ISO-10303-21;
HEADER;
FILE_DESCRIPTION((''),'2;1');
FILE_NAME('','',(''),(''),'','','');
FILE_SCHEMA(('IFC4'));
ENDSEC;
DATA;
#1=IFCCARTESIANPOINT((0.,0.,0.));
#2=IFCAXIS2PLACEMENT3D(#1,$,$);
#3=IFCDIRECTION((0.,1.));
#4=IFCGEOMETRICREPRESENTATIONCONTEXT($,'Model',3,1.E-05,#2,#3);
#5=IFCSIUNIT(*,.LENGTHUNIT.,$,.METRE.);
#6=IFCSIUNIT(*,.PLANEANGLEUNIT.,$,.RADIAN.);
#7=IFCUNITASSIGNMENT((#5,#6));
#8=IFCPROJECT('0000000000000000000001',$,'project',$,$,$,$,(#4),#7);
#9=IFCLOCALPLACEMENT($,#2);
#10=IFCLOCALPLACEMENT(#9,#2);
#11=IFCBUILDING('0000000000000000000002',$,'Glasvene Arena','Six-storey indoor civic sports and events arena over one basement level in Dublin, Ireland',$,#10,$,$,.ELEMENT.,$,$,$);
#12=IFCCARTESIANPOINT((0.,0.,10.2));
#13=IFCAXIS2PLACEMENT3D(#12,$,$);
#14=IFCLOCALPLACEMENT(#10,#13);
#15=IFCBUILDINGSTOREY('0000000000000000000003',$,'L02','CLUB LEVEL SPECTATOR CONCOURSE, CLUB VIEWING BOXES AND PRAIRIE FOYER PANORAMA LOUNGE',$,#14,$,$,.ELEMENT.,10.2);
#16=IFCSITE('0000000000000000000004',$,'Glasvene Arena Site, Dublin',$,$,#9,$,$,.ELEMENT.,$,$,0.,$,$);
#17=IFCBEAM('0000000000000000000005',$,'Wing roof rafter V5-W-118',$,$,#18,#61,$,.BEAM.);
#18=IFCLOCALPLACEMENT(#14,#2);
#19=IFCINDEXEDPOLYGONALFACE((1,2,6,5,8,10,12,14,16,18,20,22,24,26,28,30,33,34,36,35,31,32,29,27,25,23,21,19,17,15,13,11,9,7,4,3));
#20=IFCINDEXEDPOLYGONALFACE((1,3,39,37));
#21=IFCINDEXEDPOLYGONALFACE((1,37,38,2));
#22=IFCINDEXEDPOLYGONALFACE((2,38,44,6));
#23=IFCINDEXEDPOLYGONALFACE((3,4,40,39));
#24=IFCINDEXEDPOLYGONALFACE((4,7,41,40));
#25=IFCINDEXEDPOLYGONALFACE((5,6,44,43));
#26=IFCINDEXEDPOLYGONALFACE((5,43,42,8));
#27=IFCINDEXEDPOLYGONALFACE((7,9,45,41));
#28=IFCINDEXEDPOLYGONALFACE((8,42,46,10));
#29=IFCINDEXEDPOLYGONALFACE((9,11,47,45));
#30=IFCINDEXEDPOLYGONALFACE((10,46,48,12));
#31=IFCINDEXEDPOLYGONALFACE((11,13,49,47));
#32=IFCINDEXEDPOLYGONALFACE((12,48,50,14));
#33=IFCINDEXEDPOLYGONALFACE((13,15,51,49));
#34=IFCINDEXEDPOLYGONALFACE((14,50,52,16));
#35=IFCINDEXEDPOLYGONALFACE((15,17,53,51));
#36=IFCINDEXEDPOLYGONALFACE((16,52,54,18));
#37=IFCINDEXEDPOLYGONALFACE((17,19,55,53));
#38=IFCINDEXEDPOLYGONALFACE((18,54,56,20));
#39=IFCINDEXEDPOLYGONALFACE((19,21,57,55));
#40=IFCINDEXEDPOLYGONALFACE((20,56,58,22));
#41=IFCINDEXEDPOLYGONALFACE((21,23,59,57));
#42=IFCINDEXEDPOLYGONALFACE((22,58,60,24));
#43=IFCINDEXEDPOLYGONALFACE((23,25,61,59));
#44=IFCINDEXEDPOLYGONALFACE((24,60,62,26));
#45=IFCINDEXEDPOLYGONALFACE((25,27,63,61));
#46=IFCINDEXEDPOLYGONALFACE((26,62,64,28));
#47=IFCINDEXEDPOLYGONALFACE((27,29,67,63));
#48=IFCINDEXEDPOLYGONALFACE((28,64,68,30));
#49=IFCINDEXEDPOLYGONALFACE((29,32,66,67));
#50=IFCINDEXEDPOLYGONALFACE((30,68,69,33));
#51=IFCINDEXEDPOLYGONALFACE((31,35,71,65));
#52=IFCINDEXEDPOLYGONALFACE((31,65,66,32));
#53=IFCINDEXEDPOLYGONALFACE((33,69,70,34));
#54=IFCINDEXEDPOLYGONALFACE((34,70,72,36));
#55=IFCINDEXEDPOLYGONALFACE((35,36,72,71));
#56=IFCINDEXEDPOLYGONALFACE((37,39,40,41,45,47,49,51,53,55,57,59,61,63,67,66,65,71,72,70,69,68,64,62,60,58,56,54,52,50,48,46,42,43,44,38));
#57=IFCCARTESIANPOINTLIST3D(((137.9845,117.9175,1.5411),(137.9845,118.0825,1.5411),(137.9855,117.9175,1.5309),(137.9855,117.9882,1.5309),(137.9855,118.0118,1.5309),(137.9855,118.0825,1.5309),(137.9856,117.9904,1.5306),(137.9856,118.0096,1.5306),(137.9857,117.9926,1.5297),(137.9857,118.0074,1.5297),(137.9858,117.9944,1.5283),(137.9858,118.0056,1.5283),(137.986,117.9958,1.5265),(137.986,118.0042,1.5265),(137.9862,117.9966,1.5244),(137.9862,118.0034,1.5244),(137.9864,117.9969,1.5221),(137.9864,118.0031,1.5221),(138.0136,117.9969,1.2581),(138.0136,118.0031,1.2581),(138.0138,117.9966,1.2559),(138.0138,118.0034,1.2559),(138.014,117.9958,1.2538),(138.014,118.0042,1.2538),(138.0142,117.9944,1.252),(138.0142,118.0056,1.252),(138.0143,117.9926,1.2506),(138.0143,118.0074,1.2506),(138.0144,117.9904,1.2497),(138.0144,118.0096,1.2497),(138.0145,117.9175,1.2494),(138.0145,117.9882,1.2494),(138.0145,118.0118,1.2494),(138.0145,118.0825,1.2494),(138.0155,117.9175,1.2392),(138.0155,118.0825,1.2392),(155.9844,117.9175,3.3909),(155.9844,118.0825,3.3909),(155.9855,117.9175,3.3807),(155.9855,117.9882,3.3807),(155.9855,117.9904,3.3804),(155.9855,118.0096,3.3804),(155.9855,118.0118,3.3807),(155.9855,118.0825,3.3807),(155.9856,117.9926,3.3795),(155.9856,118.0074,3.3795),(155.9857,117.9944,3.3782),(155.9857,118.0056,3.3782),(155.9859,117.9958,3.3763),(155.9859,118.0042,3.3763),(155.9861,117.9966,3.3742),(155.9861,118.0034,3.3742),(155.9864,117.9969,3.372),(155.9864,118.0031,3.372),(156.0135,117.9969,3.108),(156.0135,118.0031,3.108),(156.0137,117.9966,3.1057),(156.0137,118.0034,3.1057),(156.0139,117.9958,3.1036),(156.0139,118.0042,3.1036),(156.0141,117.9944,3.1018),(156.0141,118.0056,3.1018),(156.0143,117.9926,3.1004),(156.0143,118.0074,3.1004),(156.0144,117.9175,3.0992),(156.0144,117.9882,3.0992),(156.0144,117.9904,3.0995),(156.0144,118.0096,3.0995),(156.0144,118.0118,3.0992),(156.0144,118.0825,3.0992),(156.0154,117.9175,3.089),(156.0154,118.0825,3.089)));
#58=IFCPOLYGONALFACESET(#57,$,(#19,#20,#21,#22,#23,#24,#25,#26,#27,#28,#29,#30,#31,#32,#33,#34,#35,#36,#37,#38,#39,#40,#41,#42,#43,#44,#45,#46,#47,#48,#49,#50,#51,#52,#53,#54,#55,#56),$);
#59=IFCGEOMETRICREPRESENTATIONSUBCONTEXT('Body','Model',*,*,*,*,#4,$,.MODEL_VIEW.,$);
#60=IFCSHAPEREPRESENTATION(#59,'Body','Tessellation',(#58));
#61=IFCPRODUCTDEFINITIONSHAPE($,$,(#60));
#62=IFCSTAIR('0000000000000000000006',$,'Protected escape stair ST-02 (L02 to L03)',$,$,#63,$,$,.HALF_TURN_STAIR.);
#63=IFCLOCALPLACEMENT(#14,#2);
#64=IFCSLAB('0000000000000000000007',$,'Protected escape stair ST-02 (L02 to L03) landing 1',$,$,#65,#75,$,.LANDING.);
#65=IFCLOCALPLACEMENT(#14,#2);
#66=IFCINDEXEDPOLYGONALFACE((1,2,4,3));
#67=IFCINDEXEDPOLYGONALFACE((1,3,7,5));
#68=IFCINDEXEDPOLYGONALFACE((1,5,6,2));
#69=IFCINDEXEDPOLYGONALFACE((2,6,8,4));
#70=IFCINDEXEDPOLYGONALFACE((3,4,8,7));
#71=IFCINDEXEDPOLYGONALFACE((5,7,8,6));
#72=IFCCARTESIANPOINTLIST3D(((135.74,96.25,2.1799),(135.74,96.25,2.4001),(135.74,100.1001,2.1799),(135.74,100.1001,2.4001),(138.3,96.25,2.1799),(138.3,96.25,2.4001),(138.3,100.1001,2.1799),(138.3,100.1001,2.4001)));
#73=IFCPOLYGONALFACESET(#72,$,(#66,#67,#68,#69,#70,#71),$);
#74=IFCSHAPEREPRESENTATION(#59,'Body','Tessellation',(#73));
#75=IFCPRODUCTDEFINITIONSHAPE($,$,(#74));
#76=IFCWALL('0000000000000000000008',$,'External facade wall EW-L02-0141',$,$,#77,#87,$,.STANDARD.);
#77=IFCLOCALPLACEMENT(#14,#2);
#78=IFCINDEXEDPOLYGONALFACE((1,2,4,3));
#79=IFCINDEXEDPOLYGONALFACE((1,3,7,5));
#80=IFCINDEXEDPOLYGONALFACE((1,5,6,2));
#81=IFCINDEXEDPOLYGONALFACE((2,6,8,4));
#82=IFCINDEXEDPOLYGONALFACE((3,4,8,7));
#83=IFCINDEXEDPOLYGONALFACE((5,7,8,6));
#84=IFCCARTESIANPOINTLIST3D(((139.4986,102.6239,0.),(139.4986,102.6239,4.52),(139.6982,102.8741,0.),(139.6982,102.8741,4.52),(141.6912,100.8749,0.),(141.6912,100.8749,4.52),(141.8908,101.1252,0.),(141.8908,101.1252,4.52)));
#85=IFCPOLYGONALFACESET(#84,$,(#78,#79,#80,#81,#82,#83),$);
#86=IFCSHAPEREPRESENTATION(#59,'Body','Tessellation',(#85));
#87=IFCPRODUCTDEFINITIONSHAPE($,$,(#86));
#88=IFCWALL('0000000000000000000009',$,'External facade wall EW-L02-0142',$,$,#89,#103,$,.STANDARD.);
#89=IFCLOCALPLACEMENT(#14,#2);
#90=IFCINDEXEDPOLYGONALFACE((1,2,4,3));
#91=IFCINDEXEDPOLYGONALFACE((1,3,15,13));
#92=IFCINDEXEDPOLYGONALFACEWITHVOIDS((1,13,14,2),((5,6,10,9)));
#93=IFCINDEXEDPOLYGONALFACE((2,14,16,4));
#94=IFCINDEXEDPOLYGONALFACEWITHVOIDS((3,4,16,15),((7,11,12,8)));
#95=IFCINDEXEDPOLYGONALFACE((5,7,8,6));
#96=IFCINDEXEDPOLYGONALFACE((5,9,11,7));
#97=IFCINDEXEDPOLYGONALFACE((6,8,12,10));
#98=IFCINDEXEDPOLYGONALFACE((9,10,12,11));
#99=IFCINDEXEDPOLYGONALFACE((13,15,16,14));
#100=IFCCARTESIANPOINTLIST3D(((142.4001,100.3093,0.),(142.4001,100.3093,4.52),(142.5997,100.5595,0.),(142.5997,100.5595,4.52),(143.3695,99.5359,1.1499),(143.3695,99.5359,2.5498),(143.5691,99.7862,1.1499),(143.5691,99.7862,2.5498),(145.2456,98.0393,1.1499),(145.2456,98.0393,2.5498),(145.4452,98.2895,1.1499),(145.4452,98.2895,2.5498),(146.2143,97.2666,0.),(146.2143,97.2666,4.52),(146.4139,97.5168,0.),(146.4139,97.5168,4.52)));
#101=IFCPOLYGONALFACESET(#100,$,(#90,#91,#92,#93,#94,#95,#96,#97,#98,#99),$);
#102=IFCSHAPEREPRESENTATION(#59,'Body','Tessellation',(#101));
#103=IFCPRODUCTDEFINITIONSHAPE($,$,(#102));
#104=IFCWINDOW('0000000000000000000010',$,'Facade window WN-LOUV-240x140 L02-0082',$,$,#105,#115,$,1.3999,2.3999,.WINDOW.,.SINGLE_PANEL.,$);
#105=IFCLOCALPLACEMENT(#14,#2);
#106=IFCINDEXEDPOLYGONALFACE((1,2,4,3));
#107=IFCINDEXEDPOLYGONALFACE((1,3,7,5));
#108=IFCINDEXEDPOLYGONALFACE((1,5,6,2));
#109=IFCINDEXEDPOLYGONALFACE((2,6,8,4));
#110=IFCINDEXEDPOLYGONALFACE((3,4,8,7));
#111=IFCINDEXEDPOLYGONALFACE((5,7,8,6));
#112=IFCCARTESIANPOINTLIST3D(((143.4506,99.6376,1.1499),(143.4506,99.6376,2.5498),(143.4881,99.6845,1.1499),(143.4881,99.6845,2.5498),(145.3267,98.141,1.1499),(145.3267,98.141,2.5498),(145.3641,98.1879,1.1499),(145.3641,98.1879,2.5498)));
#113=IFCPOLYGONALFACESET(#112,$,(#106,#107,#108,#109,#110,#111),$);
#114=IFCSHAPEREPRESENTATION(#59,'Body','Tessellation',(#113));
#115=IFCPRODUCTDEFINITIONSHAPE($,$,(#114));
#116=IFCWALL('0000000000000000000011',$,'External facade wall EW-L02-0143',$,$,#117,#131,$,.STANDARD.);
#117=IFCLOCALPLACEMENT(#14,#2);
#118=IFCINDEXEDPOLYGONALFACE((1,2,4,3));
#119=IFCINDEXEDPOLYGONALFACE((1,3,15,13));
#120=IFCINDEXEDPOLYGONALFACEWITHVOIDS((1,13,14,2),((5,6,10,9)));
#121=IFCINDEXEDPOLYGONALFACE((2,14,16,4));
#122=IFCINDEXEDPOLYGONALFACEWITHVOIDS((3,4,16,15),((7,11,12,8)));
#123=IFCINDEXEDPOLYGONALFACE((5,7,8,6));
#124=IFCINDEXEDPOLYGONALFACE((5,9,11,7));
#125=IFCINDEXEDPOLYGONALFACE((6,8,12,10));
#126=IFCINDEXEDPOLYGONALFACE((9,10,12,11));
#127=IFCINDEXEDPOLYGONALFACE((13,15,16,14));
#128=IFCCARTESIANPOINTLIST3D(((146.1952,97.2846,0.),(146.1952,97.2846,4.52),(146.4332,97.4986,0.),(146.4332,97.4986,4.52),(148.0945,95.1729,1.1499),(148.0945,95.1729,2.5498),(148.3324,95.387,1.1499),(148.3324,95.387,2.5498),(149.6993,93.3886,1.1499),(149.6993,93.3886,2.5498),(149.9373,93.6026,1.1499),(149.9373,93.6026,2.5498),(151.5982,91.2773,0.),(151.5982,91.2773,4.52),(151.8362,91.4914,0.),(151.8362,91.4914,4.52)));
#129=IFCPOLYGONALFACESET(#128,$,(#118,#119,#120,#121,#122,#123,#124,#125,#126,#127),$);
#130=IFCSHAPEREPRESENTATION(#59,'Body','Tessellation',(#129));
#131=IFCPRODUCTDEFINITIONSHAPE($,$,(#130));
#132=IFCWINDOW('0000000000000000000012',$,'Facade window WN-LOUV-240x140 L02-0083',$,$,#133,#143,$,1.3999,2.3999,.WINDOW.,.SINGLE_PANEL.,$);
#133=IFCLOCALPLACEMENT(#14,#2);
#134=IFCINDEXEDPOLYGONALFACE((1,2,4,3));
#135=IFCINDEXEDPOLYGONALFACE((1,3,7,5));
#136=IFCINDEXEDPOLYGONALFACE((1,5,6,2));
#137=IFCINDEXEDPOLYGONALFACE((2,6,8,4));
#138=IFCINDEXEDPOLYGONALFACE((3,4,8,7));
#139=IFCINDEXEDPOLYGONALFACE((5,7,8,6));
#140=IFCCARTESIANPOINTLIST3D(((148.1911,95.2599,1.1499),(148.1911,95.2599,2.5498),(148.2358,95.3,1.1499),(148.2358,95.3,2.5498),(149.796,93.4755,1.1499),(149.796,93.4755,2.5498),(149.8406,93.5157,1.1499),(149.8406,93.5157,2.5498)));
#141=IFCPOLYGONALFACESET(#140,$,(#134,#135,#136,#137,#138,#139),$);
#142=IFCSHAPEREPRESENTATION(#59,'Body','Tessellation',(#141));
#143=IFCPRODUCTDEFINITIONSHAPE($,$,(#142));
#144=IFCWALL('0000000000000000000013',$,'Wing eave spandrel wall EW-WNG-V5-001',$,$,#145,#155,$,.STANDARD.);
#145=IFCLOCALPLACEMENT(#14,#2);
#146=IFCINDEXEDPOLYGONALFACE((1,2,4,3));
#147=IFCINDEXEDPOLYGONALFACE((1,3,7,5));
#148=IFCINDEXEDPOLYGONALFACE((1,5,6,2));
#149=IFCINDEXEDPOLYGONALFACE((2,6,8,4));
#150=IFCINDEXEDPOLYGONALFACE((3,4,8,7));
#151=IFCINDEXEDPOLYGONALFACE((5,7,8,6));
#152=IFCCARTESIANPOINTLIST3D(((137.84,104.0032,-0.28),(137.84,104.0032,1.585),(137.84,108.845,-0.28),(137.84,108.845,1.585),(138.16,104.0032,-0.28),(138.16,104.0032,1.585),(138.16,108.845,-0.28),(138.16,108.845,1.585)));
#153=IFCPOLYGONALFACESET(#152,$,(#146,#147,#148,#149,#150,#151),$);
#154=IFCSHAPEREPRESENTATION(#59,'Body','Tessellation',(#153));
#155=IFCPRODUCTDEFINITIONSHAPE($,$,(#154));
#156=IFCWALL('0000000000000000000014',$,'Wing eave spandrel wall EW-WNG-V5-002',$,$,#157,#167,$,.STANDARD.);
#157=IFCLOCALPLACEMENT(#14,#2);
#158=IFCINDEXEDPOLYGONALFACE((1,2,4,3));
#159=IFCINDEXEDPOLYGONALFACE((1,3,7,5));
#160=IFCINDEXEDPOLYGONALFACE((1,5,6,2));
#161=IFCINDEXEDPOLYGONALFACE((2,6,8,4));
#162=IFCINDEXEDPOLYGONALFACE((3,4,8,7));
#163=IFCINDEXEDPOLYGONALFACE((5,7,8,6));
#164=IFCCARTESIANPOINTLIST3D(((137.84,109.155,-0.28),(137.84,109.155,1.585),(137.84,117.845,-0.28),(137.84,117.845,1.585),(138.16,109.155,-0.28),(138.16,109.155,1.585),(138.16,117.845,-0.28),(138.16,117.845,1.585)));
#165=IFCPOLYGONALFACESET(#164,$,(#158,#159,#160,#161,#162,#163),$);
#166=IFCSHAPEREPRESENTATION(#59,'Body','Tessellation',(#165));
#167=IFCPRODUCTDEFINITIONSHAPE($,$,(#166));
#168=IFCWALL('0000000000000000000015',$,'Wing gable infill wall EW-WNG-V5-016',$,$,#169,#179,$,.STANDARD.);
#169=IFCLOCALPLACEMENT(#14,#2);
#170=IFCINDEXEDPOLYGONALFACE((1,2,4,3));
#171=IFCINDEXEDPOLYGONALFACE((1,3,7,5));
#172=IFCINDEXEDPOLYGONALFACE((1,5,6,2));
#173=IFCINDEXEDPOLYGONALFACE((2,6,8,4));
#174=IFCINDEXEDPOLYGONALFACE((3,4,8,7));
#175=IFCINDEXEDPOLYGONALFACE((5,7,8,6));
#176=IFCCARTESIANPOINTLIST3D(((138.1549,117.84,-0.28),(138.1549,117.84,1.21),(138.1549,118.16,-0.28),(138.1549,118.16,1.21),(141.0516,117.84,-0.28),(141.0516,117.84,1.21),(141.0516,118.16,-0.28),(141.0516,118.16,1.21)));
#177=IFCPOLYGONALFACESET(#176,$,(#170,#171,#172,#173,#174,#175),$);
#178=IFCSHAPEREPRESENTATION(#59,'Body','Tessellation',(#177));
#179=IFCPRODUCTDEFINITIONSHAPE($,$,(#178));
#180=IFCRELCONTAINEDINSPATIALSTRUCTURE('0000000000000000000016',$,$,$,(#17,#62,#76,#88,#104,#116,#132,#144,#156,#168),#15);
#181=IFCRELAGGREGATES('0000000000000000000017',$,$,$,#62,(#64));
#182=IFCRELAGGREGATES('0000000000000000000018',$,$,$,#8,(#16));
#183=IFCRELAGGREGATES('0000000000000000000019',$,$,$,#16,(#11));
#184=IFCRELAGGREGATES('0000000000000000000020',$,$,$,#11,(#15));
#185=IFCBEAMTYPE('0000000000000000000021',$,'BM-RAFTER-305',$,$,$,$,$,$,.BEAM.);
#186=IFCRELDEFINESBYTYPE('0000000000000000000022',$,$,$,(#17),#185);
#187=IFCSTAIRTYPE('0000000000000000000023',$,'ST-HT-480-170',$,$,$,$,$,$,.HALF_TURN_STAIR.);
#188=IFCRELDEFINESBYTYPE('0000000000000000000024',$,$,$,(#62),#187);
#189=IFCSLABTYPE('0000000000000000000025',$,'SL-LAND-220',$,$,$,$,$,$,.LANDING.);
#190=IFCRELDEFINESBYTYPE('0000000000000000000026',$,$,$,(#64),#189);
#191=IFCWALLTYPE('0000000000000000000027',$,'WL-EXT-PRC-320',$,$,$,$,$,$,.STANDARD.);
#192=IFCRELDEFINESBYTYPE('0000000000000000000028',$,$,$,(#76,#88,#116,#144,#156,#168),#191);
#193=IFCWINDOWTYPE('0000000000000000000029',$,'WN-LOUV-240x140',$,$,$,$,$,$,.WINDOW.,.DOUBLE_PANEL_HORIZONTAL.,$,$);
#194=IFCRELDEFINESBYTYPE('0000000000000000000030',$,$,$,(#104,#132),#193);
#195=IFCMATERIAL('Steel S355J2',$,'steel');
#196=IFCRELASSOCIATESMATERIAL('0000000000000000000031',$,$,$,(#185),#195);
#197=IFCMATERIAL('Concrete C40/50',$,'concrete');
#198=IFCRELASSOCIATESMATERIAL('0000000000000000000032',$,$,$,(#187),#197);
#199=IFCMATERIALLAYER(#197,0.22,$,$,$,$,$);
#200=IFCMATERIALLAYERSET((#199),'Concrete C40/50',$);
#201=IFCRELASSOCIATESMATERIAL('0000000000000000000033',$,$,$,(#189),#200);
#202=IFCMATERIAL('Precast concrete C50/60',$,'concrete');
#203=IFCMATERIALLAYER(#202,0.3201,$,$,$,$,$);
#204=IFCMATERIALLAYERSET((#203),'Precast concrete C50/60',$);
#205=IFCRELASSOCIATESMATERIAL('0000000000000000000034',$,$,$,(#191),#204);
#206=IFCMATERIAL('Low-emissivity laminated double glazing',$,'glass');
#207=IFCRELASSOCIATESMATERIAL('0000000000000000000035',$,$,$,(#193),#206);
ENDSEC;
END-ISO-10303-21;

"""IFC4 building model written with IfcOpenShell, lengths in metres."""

from ifc_helpers import new_model, si_unit, direction, frame, frame_2d, origin, origin_2d, place, context, subcontext, project, spatial, polyline, rectangle, i_section, outline, extrude, material, layer, layer_set, material_profile, profile_set, type_object, element, fill, aggregate, save


model = new_model("IFC4")

# Units and contexts
model_context = context("Model", 3, precision=1e-05, world=origin(), true_north=direction((0.0, 1.0)))
body_context = subcontext(model_context, "Body", "Model", "MODEL_VIEW")
ifc_project = project(units=[si_unit("LENGTHUNIT", "METRE"), si_unit("PLANEANGLEUNIT", "RADIAN")], contexts=[model_context])

# Site, building, storey
site_placement = place(None, origin())
site = spatial("IfcSite", under=ifc_project, at=site_placement, Name="Glasvene Arena Site, Dublin", CompositionType="ELEMENT", RefElevation=0.0)
building_placement = place(site_placement, origin())
building = spatial("IfcBuilding", under=site, at=building_placement, Name="Glasvene Arena", Description="Six-storey indoor civic sports and events arena over one basement level in Dublin, Ireland", CompositionType="ELEMENT")
storey_placement = place(building_placement, frame((0.0, 0.0, 10.2)))
storey = spatial("IfcBuildingStorey", under=building, at=storey_placement, Name="L02", Description="CLUB LEVEL SPECTATOR CONCOURSE, CLUB VIEWING BOXES AND PRAIRIE FOYER PANORAMA LOUNGE", CompositionType="ELEMENT", Elevation=10.2)

# Shared definitions
ifc_material_1 = material(Name="Steel S355J2", Category="steel")

# Beam
ifc_material_profile_1 = material_profile(ifc_material_1, i_section(OverallWidth=0.165, OverallDepth=0.3035, WebThickness=0.0061, FlangeThickness=0.0103, FilletRadius=0.0088, at=origin_2d()), Name="UKB 305x165x40")
ifc_profile_set_1 = profile_set([ifc_material_profile_1], Name="Steel S355J2")
beam_type_1 = type_object("IfcBeamType", Name="BM-RAFTER-305", PredefinedType="BEAM", material=ifc_profile_set_1)
for number, where, z_axis, x_axis, name in (
    (1, (138.0, 118.0, 1.3901), (0.994761, 0.0, 0.102231), (0.0, 1.0, 0.0), "Wing roof rafter V5-W-118"),
):
    element("IfcBeam", number, at=place(storey_placement, frame(where, z_axis=z_axis, x_axis=x_axis)), inside=storey, type_object=beam_type_1, Name=name, PredefinedType="BEAM", context=body_context, shape_type="SweptSolid", body=[
        extrude(i_section(OverallWidth=0.165, OverallDepth=0.3035, WebThickness=0.0061, FlangeThickness=0.0103, FilletRadius=0.0088, at=origin_2d()), origin(), (0.0, 0.0, 1.0), 18.0947),
    ])

# Shared definitions
ifc_material_2 = material(Name="Concrete C40/50", Category="concrete")

# Stair, slab
stair_type = type_object("IfcStairType", Name="ST-HT-480-170", PredefinedType="HALF_TURN_STAIR", material=ifc_material_2)
stair_placement = place(storey_placement, origin())
stair = element("IfcStair", 2, at=stair_placement, inside=storey, type_object=stair_type, Name="Protected escape stair ST-02 (L02 to L03)", PredefinedType="HALF_TURN_STAIR")
ifc_layer_1 = layer(ifc_material_2, 0.22)
ifc_layer_set_1 = layer_set([ifc_layer_1], Name="Concrete C40/50")
slab_type_1 = type_object("IfcSlabType", Name="SL-LAND-220", PredefinedType="LANDING", material=ifc_layer_set_1)
slab_1_placement = place(storey_placement, frame((137.02, 98.175, 2.1799)))
slab_1 = element("IfcSlab", 3, at=slab_1_placement, type_object=slab_type_1, Name="Protected escape stair ST-02 (L02 to L03) landing 1", PredefinedType="LANDING", context=body_context, shape_type="SweptSolid", body=[
    extrude(outline(polyline([(-1.28, -1.925), (1.28, -1.925), (1.28, 1.925), (-1.28, 1.925), (-1.28, -1.925)])), origin(), (0.0, 0.0, 1.0), 0.2202),
])

# Wall
ifc_material_3 = material(Name="Precast concrete C50/60", Category="concrete")
ifc_layer_2 = layer(ifc_material_3, 0.3201)
ifc_layer_set_2 = layer_set([ifc_layer_2], Name="Precast concrete C50/60")
wall_type_1 = type_object("IfcWallType", Name="WL-EXT-PRC-320", PredefinedType="STANDARD", material=ifc_layer_set_2)
wall_1_placement = place(storey_placement, frame((139.5984, 102.749, 0.0), z_axis=(0.0, 0.0, 1.0), x_axis=(0.781751, -0.62359, 0.0)))
element("IfcWall", 4, at=wall_1_placement, inside=storey, type_object=wall_type_1, Name="External facade wall EW-L02-0141", PredefinedType="STANDARD", context=body_context, shape_type="SweptSolid", body=[
    extrude(rectangle(XDim=2.8047, YDim=0.3201, at=frame_2d((1.4023, 0.0))), origin(), (0.0, 0.0, 1.0), 4.52),
])

# Walls, openings, windows
wall_2_placement = place(storey_placement, frame((142.5, 100.4343, 0.0), z_axis=(0.0, 0.0, 1.0), x_axis=(0.781732, -0.623614, 0.0)))
wall_2 = element("IfcWall", 5, at=wall_2_placement, inside=storey, type_object=wall_type_1, Name="External facade wall EW-L02-0142", PredefinedType="STANDARD", context=body_context, shape_type="SweptSolid", body=[
    extrude(rectangle(XDim=4.8792, YDim=0.3201, at=frame_2d((2.4395, 0.0))), origin(), (0.0, 0.0, 1.0), 4.52),
])
opening_1_placement = place(wall_2_placement, frame((1.24, 0.0, 1.1499)))
opening_1 = element("IfcOpeningElement", 6, at=opening_1_placement, cuts=wall_2, PredefinedType="OPENING", context=body_context, shape_type="SweptSolid", body=[
    extrude(rectangle(XDim=2.3999, YDim=1.3999, at=frame_2d((1.2, 0.7))), frame((0.0, 0.1699, 0.0), z_axis=(0.0, -1.0, 0.0), x_axis=(1.0, 0.0, 0.0)), (0.0, 0.0, 1.0), 0.3401),
])
ifc_material_4 = material(Name="Low-emissivity laminated double glazing", Category="glass")
window_type = type_object("IfcWindowType", Name="WN-LOUV-240x140", PartitioningType="DOUBLE_PANEL_HORIZONTAL", PredefinedType="WINDOW", material=ifc_material_4)
window_1_placement = place(opening_1_placement, origin())
window_1 = element("IfcWindow", 7, at=window_1_placement, inside=storey, type_object=window_type, Name="Facade window WN-LOUV-240x140 L02-0082", OverallHeight=1.3999, OverallWidth=2.3999, PartitioningType="SINGLE_PANEL", PredefinedType="WINDOW", context=body_context, shape_type="SweptSolid", body=[
    extrude(rectangle(XDim=2.3999, YDim=1.3999, at=frame_2d((1.2, 0.7))), frame((0.0, 0.03, 0.0), z_axis=(0.0, -1.0, 0.0), x_axis=(1.0, 0.0, 0.0)), (0.0, 0.0, 1.0), 0.0601),
])
fill(opening_1, window_1)
wall_3_placement = place(storey_placement, frame((146.3142, 97.3916, 0.0), z_axis=(0.0, 0.0, 1.0), x_axis=(0.668724, -0.74351, 0.0)))
wall_3 = element("IfcWall", 8, at=wall_3_placement, inside=storey, type_object=wall_type_1, Name="External facade wall EW-L02-0143", PredefinedType="STANDARD", context=body_context, shape_type="SweptSolid", body=[
    extrude(rectangle(XDim=8.0796, YDim=0.3201, at=frame_2d((4.0398, 0.0))), origin(), (0.0, 0.0, 1.0), 4.52),
])
opening_2_placement = place(wall_3_placement, frame((2.8401, 0.0, 1.1499)))
opening_2 = element("IfcOpeningElement", 9, at=opening_2_placement, cuts=wall_3, PredefinedType="OPENING", context=body_context, shape_type="SweptSolid", body=[
    extrude(rectangle(XDim=2.3999, YDim=1.3999, at=frame_2d((1.2, 0.7))), frame((0.0, 0.1699, 0.0), z_axis=(0.0, -1.0, 0.0), x_axis=(1.0, 0.0, 0.0)), (0.0, 0.0, 1.0), 0.3401),
])
window_2_placement = place(opening_2_placement, origin())
window_2 = element("IfcWindow", 10, at=window_2_placement, inside=storey, type_object=window_type, Name="Facade window WN-LOUV-240x140 L02-0083", OverallHeight=1.3999, OverallWidth=2.3999, PartitioningType="SINGLE_PANEL", PredefinedType="WINDOW", context=body_context, shape_type="SweptSolid", body=[
    extrude(rectangle(XDim=2.3999, YDim=1.3999, at=frame_2d((1.2, 0.7))), frame((0.0, 0.03, 0.0), z_axis=(0.0, -1.0, 0.0), x_axis=(1.0, 0.0, 0.0)), (0.0, 0.0, 1.0), 0.0601),
])
fill(opening_2, window_2)

# Walls
wall_4_placement = place(storey_placement, frame((138.0, 104.0032, -0.28), z_axis=(0.0, 0.0, 1.0), x_axis=(0.0, 1.0, 0.0)))
element("IfcWall", 11, at=wall_4_placement, inside=storey, type_object=wall_type_1, Name="Wing eave spandrel wall EW-WNG-V5-001", PredefinedType="STANDARD", context=body_context, shape_type="SweptSolid", body=[
    extrude(rectangle(XDim=4.8418, YDim=0.3201, at=frame_2d((2.4209, 0.0))), origin(), (0.0, 0.0, 1.0), 1.865),
])
wall_5_placement = place(storey_placement, frame((138.0, 109.155, -0.28), z_axis=(0.0, 0.0, 1.0), x_axis=(0.0, 1.0, 0.0)))
element("IfcWall", 12, at=wall_5_placement, inside=storey, type_object=wall_type_1, Name="Wing eave spandrel wall EW-WNG-V5-002", PredefinedType="STANDARD", context=body_context, shape_type="SweptSolid", body=[
    extrude(rectangle(XDim=8.6899, YDim=0.3201, at=frame_2d((4.345, 0.0))), origin(), (0.0, 0.0, 1.0), 1.865),
])
wall_6_placement = place(storey_placement, frame((138.155, 118.0, -0.28), z_axis=(0.0, 0.0, 1.0), x_axis=(1.0, 0.0, 0.0)))
element("IfcWall", 13, at=wall_6_placement, inside=storey, type_object=wall_type_1, Name="Wing gable infill wall EW-WNG-V5-016", PredefinedType="STANDARD", context=body_context, shape_type="SweptSolid", body=[
    extrude(rectangle(XDim=2.8967, YDim=0.3201, at=frame_2d((1.4482, 0.0))), origin(), (0.0, 0.0, 1.0), 1.49),
])

aggregate(stair, [slab_1])

save(model, "model.ifc")
